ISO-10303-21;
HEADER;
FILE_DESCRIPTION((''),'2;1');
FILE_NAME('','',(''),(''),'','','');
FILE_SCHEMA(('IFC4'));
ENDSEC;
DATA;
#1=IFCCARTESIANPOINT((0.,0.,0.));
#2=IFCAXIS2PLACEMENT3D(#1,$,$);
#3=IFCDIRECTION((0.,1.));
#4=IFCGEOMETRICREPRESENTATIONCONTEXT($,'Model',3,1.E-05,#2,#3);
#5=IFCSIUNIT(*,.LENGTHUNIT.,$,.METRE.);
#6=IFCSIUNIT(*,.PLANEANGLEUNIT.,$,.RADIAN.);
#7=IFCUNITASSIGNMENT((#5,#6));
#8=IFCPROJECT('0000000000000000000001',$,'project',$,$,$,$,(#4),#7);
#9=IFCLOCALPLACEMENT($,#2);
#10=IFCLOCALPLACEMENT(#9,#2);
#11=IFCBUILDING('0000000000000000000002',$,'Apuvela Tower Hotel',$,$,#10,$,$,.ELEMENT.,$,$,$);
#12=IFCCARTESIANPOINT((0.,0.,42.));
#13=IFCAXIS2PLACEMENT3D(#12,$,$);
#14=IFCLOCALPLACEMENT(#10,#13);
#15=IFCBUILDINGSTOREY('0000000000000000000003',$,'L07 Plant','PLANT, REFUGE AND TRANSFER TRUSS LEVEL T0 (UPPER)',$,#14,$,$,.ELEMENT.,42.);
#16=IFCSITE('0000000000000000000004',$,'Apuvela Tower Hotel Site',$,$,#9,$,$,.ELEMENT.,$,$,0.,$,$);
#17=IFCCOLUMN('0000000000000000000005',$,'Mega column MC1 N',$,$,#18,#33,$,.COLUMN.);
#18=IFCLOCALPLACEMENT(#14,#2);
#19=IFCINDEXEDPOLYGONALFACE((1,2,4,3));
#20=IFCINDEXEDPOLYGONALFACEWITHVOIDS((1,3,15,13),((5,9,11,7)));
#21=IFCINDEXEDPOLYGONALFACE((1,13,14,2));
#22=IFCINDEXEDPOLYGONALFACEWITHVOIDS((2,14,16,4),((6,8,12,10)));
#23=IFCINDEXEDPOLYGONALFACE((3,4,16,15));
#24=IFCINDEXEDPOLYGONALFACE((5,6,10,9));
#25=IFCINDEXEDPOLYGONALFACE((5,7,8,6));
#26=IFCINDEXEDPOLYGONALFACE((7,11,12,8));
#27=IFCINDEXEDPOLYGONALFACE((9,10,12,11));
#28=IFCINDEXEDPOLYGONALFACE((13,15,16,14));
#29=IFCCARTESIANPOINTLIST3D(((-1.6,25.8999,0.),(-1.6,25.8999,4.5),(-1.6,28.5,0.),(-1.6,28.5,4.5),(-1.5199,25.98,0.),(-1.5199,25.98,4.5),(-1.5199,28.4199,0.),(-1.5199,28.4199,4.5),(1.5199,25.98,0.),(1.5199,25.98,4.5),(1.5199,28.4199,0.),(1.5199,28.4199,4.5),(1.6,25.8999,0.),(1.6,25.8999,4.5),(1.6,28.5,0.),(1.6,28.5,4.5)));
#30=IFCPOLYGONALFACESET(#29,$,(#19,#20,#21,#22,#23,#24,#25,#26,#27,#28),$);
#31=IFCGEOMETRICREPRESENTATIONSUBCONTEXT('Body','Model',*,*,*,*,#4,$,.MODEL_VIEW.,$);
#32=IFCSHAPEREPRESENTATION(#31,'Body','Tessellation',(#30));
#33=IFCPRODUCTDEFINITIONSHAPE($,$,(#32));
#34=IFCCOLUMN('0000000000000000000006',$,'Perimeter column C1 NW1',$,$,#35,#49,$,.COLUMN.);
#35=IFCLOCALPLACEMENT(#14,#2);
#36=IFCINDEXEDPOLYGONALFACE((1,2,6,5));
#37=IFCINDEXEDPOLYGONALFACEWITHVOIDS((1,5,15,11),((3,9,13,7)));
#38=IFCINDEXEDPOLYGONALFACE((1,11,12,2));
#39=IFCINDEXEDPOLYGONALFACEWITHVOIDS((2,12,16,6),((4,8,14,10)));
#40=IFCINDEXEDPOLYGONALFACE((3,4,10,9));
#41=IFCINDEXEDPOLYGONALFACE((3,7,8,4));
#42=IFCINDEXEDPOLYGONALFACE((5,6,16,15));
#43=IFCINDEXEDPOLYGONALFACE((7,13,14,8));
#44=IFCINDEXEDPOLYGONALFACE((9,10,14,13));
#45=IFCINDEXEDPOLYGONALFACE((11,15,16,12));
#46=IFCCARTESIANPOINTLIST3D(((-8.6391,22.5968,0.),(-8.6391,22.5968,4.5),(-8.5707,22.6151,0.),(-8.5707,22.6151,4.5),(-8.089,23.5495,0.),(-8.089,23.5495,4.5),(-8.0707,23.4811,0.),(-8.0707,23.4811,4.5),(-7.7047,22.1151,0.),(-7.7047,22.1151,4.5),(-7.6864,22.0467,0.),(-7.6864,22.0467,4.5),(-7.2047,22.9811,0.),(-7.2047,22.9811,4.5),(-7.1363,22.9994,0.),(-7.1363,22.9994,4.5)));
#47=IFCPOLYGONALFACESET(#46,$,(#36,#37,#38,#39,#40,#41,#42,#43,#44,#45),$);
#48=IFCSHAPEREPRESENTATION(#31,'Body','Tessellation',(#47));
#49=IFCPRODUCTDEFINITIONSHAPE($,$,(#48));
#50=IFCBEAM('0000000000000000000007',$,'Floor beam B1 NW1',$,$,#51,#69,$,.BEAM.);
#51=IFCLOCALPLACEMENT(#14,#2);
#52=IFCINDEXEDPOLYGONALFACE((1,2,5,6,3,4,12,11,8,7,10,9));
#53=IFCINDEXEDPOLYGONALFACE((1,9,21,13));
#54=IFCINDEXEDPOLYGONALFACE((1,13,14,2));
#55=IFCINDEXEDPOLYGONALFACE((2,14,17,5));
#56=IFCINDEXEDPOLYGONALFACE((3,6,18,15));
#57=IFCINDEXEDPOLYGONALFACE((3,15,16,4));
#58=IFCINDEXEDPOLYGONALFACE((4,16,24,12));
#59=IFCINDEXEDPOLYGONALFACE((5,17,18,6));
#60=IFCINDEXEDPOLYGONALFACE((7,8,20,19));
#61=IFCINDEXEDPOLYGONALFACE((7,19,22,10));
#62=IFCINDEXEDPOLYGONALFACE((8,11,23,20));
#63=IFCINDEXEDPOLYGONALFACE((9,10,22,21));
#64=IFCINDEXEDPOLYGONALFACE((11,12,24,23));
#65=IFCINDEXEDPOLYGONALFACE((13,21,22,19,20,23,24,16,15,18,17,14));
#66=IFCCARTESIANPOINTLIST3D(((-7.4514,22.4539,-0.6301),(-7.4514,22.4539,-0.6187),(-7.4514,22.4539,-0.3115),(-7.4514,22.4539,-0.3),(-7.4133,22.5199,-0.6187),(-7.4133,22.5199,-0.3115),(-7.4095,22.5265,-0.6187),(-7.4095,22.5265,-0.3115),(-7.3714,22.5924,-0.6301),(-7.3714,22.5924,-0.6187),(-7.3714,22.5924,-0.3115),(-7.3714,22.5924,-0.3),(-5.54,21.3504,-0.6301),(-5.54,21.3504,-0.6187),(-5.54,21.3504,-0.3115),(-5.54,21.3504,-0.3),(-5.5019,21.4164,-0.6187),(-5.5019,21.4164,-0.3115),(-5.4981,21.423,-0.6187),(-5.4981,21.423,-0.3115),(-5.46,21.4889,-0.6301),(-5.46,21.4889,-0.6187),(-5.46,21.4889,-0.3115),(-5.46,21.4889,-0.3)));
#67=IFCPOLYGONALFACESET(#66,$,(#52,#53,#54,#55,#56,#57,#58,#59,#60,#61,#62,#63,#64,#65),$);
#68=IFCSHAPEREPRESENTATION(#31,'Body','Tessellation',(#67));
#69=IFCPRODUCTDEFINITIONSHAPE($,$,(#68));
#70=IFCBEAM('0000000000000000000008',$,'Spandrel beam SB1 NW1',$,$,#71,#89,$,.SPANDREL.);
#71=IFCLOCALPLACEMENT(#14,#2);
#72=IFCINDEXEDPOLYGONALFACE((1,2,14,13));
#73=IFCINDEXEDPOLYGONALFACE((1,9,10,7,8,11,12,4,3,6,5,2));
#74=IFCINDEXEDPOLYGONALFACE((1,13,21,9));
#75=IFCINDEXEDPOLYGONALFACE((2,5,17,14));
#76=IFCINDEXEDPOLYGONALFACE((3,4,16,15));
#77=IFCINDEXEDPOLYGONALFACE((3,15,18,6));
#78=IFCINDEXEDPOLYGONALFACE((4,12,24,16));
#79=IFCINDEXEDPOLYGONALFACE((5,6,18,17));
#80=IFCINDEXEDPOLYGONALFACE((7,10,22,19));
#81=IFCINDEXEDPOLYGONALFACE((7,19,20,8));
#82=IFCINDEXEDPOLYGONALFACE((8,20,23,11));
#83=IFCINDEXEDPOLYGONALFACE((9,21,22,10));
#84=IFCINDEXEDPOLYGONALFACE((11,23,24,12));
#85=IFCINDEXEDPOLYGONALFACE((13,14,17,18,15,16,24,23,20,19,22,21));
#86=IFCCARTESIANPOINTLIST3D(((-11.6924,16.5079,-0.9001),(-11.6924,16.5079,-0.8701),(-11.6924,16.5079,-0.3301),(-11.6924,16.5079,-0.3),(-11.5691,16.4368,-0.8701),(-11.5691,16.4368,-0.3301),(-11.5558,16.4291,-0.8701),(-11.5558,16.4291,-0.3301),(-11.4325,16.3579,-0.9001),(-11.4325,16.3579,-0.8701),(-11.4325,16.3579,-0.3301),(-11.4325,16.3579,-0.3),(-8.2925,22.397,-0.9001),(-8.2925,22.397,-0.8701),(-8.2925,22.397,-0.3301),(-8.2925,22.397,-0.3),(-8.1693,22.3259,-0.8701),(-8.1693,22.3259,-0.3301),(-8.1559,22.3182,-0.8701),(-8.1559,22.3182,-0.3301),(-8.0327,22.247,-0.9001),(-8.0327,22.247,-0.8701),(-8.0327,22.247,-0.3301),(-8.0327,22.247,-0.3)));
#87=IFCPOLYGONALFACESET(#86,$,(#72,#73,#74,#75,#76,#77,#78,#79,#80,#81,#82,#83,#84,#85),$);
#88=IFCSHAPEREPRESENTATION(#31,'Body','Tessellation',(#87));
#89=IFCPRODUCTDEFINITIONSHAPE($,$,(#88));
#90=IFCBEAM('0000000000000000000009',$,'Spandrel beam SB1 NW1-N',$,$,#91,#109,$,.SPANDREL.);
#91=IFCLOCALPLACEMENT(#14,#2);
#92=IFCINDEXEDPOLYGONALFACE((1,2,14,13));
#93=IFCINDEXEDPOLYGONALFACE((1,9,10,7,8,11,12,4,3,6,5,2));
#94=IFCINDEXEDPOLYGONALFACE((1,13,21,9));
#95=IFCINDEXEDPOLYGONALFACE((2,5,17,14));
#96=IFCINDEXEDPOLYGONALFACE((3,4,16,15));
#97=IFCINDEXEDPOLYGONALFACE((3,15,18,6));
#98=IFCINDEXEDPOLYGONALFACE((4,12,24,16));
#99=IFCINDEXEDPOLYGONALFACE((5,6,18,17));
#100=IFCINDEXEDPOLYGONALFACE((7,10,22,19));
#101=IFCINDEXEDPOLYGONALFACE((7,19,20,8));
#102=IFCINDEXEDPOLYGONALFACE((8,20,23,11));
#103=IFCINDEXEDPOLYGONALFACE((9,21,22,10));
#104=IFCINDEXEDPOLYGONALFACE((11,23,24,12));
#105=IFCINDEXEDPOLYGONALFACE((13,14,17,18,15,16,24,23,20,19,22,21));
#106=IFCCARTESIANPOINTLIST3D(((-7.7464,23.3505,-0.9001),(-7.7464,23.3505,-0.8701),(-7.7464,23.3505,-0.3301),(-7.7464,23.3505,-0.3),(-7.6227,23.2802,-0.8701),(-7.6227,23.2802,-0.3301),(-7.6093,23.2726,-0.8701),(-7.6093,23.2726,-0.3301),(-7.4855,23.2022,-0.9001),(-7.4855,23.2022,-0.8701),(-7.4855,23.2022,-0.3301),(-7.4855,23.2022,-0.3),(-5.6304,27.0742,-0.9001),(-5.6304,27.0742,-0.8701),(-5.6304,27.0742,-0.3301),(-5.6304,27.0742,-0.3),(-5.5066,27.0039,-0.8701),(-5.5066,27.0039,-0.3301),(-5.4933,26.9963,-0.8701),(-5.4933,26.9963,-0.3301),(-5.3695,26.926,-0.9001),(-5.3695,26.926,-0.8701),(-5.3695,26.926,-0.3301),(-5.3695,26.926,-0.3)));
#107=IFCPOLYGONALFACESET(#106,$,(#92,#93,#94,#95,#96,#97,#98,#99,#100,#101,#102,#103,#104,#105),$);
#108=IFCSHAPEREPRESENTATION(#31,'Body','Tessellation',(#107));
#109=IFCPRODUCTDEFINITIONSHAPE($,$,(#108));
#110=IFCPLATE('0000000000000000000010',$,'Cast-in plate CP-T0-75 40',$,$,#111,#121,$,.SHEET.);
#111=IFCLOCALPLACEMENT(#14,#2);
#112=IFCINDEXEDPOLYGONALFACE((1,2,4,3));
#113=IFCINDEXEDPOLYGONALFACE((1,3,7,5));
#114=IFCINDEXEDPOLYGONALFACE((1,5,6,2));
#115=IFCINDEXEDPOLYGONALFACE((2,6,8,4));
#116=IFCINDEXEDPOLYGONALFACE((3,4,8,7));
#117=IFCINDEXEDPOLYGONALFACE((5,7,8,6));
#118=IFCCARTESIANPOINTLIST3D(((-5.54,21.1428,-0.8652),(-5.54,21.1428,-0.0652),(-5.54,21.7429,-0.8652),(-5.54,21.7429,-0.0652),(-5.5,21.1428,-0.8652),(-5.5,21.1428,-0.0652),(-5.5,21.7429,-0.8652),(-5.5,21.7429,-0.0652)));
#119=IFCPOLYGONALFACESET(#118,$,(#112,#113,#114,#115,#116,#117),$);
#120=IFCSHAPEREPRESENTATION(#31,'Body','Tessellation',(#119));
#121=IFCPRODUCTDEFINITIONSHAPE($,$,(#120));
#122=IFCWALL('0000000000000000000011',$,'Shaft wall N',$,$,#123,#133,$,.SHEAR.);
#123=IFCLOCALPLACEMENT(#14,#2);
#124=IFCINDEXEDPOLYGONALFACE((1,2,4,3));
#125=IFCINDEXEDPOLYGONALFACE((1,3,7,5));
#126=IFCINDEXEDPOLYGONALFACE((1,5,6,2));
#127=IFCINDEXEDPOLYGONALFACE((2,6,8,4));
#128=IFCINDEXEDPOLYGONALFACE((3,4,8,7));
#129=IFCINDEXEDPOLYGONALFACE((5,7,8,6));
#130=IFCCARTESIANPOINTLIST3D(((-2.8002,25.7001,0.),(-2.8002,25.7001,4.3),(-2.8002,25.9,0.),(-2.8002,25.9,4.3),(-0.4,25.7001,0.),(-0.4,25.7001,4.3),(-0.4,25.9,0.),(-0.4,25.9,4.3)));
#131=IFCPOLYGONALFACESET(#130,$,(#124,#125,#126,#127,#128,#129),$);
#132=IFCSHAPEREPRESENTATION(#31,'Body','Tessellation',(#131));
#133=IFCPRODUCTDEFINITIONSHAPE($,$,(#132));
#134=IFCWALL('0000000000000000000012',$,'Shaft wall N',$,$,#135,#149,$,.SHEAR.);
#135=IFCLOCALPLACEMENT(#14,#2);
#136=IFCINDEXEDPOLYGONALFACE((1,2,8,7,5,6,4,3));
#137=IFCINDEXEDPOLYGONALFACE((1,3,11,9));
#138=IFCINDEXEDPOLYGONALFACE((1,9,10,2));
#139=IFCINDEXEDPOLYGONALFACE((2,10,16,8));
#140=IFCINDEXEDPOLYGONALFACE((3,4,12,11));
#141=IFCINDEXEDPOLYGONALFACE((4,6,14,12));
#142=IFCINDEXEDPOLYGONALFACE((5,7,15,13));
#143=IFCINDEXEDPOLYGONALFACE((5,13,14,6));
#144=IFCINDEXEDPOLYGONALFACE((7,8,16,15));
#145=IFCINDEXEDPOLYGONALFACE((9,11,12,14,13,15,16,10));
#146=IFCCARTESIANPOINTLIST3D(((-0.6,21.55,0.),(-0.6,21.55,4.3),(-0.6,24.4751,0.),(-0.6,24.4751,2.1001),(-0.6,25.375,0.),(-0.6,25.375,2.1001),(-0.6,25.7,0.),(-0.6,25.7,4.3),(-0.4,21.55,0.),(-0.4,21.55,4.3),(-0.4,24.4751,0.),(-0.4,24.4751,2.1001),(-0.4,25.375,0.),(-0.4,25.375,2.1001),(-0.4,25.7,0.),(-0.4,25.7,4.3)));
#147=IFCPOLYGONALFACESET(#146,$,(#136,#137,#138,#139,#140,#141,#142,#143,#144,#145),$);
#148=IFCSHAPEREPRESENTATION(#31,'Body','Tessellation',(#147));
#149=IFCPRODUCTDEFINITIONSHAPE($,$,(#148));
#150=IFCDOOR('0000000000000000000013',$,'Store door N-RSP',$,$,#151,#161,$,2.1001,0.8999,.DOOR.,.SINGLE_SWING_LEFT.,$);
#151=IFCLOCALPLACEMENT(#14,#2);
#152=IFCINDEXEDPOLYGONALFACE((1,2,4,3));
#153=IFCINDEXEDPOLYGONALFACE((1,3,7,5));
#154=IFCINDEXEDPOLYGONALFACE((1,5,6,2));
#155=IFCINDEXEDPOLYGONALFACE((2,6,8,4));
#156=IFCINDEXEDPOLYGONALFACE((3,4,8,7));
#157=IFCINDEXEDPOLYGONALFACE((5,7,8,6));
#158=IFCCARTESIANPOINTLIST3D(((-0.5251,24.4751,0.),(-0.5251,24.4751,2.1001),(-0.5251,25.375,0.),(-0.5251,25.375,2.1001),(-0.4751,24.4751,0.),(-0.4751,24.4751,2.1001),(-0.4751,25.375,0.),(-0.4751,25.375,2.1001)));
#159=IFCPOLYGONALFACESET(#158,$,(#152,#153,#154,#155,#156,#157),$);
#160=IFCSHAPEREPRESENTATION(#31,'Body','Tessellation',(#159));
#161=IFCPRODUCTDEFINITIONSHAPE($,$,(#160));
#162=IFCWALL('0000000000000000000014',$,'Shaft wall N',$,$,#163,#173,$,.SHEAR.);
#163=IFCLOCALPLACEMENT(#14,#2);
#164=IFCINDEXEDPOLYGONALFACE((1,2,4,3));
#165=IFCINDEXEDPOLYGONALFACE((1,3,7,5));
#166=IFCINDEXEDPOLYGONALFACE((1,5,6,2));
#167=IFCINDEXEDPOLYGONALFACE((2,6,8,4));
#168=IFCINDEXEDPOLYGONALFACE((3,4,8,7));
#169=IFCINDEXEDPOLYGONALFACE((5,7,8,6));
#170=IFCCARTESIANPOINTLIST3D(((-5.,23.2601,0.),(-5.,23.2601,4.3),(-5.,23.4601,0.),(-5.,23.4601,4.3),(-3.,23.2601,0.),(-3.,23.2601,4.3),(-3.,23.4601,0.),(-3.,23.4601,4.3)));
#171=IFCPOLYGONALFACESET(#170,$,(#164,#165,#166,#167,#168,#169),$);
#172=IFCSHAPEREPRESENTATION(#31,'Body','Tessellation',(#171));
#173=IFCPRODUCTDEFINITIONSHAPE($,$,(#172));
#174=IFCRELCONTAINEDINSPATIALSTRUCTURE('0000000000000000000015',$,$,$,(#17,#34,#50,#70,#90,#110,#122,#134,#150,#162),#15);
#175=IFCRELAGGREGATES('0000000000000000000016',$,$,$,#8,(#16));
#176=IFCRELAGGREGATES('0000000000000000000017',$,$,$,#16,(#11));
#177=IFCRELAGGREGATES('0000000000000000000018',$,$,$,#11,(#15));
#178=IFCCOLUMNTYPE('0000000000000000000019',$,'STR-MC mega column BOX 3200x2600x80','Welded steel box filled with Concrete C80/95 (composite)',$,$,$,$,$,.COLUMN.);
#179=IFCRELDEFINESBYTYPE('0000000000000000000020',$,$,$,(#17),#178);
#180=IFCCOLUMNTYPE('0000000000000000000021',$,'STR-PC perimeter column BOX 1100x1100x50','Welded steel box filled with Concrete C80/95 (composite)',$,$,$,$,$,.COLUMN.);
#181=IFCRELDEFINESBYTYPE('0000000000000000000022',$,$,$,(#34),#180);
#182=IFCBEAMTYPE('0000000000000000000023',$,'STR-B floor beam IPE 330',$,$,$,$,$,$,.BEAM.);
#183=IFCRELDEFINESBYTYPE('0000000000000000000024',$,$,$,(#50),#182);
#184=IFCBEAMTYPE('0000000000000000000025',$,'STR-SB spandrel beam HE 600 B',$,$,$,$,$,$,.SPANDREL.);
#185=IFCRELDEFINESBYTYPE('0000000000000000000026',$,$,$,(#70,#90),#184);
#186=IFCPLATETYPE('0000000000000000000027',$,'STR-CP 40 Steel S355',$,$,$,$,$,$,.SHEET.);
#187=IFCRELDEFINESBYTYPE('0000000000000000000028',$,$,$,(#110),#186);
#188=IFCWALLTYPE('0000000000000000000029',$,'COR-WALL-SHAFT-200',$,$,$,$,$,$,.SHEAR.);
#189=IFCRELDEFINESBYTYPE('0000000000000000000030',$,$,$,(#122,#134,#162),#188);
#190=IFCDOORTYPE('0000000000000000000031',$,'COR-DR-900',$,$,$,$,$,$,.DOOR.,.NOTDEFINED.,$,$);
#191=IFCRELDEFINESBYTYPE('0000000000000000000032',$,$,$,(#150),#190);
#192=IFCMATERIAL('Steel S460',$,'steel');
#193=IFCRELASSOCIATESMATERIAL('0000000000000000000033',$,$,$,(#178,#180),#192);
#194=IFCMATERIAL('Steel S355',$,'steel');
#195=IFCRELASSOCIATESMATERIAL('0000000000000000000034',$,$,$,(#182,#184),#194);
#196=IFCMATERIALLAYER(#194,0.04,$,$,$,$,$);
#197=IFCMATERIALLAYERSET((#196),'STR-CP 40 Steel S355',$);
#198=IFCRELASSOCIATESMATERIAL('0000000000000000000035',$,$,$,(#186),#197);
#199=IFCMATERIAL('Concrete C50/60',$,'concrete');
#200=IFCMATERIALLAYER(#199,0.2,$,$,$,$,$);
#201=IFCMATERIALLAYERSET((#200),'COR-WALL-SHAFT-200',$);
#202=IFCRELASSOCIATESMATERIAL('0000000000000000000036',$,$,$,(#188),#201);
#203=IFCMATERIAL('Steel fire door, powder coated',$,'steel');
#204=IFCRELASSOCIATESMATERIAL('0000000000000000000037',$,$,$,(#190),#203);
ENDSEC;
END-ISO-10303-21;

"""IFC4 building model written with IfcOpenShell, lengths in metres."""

from ifc_helpers import new_model, si_unit, direction, frame, frame_2d, origin, origin_2d, place, context, subcontext, project, spatial, rectangle, hollow_rectangle, i_section, extrude, material, layer, layer_set, material_profile, profile_set, type_object, element, fill, save


model = new_model("IFC4")

# Units and contexts
model_context = context("Model", 3, precision=1e-05, world=origin(), true_north=direction((0.0, 1.0)))
body_context = subcontext(model_context, "Body", "Model", "MODEL_VIEW")
ifc_project = project(units=[si_unit("LENGTHUNIT", "METRE"), si_unit("PLANEANGLEUNIT", "RADIAN")], contexts=[model_context])

# Site, building, storey
site_placement = place(None, origin())
site = spatial("IfcSite", under=ifc_project, at=site_placement, Name="Apuvela Tower Hotel Site", CompositionType="ELEMENT", RefElevation=0.0)
building_placement = place(site_placement, origin())
building = spatial("IfcBuilding", under=site, at=building_placement, Name="Apuvela Tower Hotel", CompositionType="ELEMENT")
storey_placement = place(building_placement, frame((0.0, 0.0, 42.0)))
storey = spatial("IfcBuildingStorey", under=building, at=storey_placement, Name="L07 Plant", Description="PLANT, REFUGE AND TRANSFER TRUSS LEVEL T0 (UPPER)", CompositionType="ELEMENT", Elevation=42.0)

# Columns
ifc_material_1 = material(Name="Steel S460", Category="steel")
ifc_material_profile_1 = material_profile(ifc_material_1, hollow_rectangle(XDim=3.2, YDim=2.6001, WallThickness=0.0801, at=origin_2d()), Name="BOX 3200x2600x80")
ifc_material_2 = material(Name="Concrete C80/95", Category="concrete")
ifc_material_profile_2 = material_profile(ifc_material_2, rectangle(XDim=3.04, YDim=2.4399, at=origin_2d()), Name="Concrete C80/95 infill")
ifc_profile_set_1 = profile_set([ifc_material_profile_1, ifc_material_profile_2], Name="Steel S460")
column_type_1 = type_object("IfcColumnType", Name="STR-MC mega column BOX 3200x2600x80", Description="Welded steel box filled with Concrete C80/95 (composite)", PredefinedType="COLUMN", material=ifc_profile_set_1)
column_1_placement = place(storey_placement, frame((0.0, 27.2, 0.0), z_axis=(0.0, 0.0, 1.0), x_axis=(1.0, 0.0, 0.0)))
element("IfcColumn", 1, at=column_1_placement, inside=storey, type_object=column_type_1, Name="Mega column MC1 N", PredefinedType="COLUMN", context=body_context, shape_type="SweptSolid", body=[
    extrude(hollow_rectangle(XDim=3.2, YDim=2.6001, WallThickness=0.0801, at=origin_2d()), origin(), (0.0, 0.0, 1.0), 4.5),
])
ifc_material_profile_3 = material_profile(ifc_material_1, hollow_rectangle(XDim=1.1001, YDim=1.1001, WallThickness=0.05, at=origin_2d()), Name="BOX 1100x1100x50")
ifc_material_profile_4 = material_profile(ifc_material_2, rectangle(XDim=1.0, YDim=1.0, at=origin_2d()), Name="Concrete C80/95 infill")
ifc_profile_set_2 = profile_set([ifc_material_profile_3, ifc_material_profile_4], Name="Steel S460")
column_type_2 = type_object("IfcColumnType", Name="STR-PC perimeter column BOX 1100x1100x50", Description="Welded steel box filled with Concrete C80/95 (composite)", PredefinedType="COLUMN", material=ifc_profile_set_2)
column_2_placement = place(storey_placement, frame((-7.8877, 22.7981, 0.0), z_axis=(0.0, 0.0, 1.0), x_axis=(0.5, 0.866025, 0.0)))
element("IfcColumn", 2, at=column_2_placement, inside=storey, type_object=column_type_2, Name="Perimeter column C1 NW1", PredefinedType="COLUMN", context=body_context, shape_type="SweptSolid", body=[
    extrude(hollow_rectangle(XDim=1.1001, YDim=1.1001, WallThickness=0.05, at=origin_2d()), origin(), (0.0, 0.0, 1.0), 4.5),
])

# Beams
ifc_material_3 = material(Name="Steel S355", Category="steel")
ifc_material_profile_5 = material_profile(ifc_material_3, i_section(OverallWidth=0.1599, OverallDepth=0.3301, WebThickness=0.0076, FlangeThickness=0.0115, at=origin_2d()), Name="IPE 330")
ifc_profile_set_3 = profile_set([ifc_material_profile_5], Name="Steel S355")
beam_type_1 = type_object("IfcBeamType", Name="STR-B floor beam IPE 330", PredefinedType="BEAM", material=ifc_profile_set_3)
beam_1_placement = place(storey_placement, frame((-7.4114, 22.5232, -0.4651), z_axis=(0.866029, -0.499994, 0.0), x_axis=(0.499994, 0.866029, 0.0)))
element("IfcBeam", 3, at=beam_1_placement, inside=storey, type_object=beam_type_1, Name="Floor beam B1 NW1", PredefinedType="BEAM", context=body_context, shape_type="SweptSolid", body=[
    extrude(i_section(OverallWidth=0.1599, OverallDepth=0.3301, WebThickness=0.0076, FlangeThickness=0.0115, at=origin_2d()), origin(), (0.0, 0.0, 1.0), 2.207),
])
ifc_material_profile_6 = material_profile(ifc_material_3, i_section(OverallWidth=0.3, OverallDepth=0.6001, WebThickness=0.0154, FlangeThickness=0.03, at=origin_2d()), Name="HE 600 B")
ifc_profile_set_4 = profile_set([ifc_material_profile_6], Name="Steel S355")
beam_type_2 = type_object("IfcBeamType", Name="STR-SB spandrel beam HE 600 B", PredefinedType="SPANDREL", material=ifc_profile_set_4)
beam_2_placement = place(storey_placement, frame((-8.1626, 22.322, -0.6001), z_axis=(-0.499977, -0.866039, 0.0), x_axis=(0.866039, -0.499977, 0.0)))
element("IfcBeam", 4, at=beam_2_placement, inside=storey, type_object=beam_type_2, Name="Spandrel beam SB1 NW1", PredefinedType="SPANDREL", context=body_context, shape_type="SweptSolid", body=[
    extrude(i_section(OverallWidth=0.3, OverallDepth=0.6001, WebThickness=0.0154, FlangeThickness=0.03, at=origin_2d()), origin(), (0.0, 0.0, 1.0), 6.8),
])
beam_3_placement = place(storey_placement, frame((-7.616, 23.2764, -0.6001), z_axis=(0.494056, 0.86943, 0.0), x_axis=(-0.86943, 0.494056, 0.0)))
element("IfcBeam", 5, at=beam_3_placement, inside=storey, type_object=beam_type_2, Name="Spandrel beam SB1 NW1-N", PredefinedType="SPANDREL", context=body_context, shape_type="SweptSolid", body=[
    extrude(i_section(OverallWidth=0.3, OverallDepth=0.6001, WebThickness=0.0154, FlangeThickness=0.03, at=origin_2d()), origin(), (0.0, 0.0, 1.0), 4.283),
])

# Plate
ifc_layer_1 = layer(ifc_material_3, 0.04)
ifc_layer_set_1 = layer_set([ifc_layer_1], Name="STR-CP 40 Steel S355")
plate_type = type_object("IfcPlateType", Name="STR-CP 40 Steel S355", PredefinedType="SHEET", material=ifc_layer_set_1)
plate_placement = place(storey_placement, frame((-5.52, 21.4429, -0.8652), z_axis=(0.0, 0.0, 1.0), x_axis=(1.0, 0.0, 0.0)))
element("IfcPlate", 6, at=plate_placement, inside=storey, type_object=plate_type, Name="Cast-in plate CP-T0-75 40", PredefinedType="SHEET", context=body_context, shape_type="SweptSolid", body=[
    extrude(rectangle(XDim=0.04, YDim=0.6001, at=origin_2d()), origin(), (0.0, 0.0, 1.0), 0.8),
])

# Wall
ifc_material_4 = material(Name="Concrete C50/60", Category="concrete")
ifc_layer_2 = layer(ifc_material_4, 0.2)
ifc_layer_set_2 = layer_set([ifc_layer_2], Name="COR-WALL-SHAFT-200")
wall_type_1 = type_object("IfcWallType", Name="COR-WALL-SHAFT-200", PredefinedType="SHEAR", material=ifc_layer_set_2)
wall_1_placement = place(storey_placement, frame((-0.3999, 25.8, 0.0), z_axis=(0.0, 0.0, 1.0), x_axis=(-1.0, 0.0, 0.0)))
element("IfcWall", 7, at=wall_1_placement, inside=storey, type_object=wall_type_1, Name="Shaft wall N", PredefinedType="SHEAR", context=body_context, shape_type="SweptSolid", body=[
    extrude(rectangle(XDim=2.4001, YDim=0.2, at=frame_2d((1.2002, 0.0))), origin(), (0.0, 0.0, 1.0), 4.3),
])

# Wall, opening, door
wall_2_placement = place(storey_placement, frame((-0.5, 21.55, 0.0), z_axis=(0.0, 0.0, 1.0), x_axis=(0.0, 1.0, 0.0)))
wall_2 = element("IfcWall", 8, at=wall_2_placement, inside=storey, type_object=wall_type_1, Name="Shaft wall N", PredefinedType="SHEAR", context=body_context, shape_type="SweptSolid", body=[
    extrude(rectangle(XDim=4.1499, YDim=0.2, at=frame_2d((2.075, 0.0))), origin(), (0.0, 0.0, 1.0), 4.3),
])
opening_placement = place(wall_2_placement, frame((2.925, 0.0, 0.0)))
opening = element("IfcOpeningElement", 9, at=opening_placement, cuts=wall_2, PredefinedType="OPENING", context=body_context, shape_type="SweptSolid", body=[
    extrude(rectangle(XDim=0.8999, YDim=2.1001, at=frame_2d((0.45, 1.05))), frame((0.0, 0.1099, 0.0), z_axis=(0.0, -1.0, 0.0), x_axis=(1.0, 0.0, 0.0)), (0.0, 0.0, 1.0), 0.22),
])
ifc_material_5 = material(Name="Steel fire door, powder coated", Category="steel")
door_type = type_object("IfcDoorType", Name="COR-DR-900", OperationType="NOTDEFINED", PredefinedType="DOOR", material=ifc_material_5)
door_placement = place(opening_placement, frame((0.8999, 0.0, 0.0), z_axis=(0.0, 0.0, 1.0), x_axis=(-1.0, 0.0, 0.0)))
door = element("IfcDoor", 10, at=door_placement, inside=storey, type_object=door_type, Name="Store door N-RSP", OperationType="SINGLE_SWING_LEFT", OverallHeight=2.1001, OverallWidth=0.8999, PredefinedType="DOOR", context=body_context, shape_type="SweptSolid", body=[
    extrude(rectangle(XDim=0.8999, YDim=2.1001, at=frame_2d((0.45, 1.05))), frame((0.0, 0.0249, 0.0), z_axis=(0.0, -1.0, 0.0), x_axis=(1.0, 0.0, 0.0)), (0.0, 0.0, 1.0), 0.05),
])
fill(opening, door)

# Wall
wall_3_placement = place(storey_placement, frame((-3.0, 23.3601, 0.0), z_axis=(0.0, 0.0, 1.0), x_axis=(-1.0, 0.0, 0.0)))
element("IfcWall", 11, at=wall_3_placement, inside=storey, type_object=wall_type_1, Name="Shaft wall N", PredefinedType="SHEAR", context=body_context, shape_type="SweptSolid", body=[
    extrude(rectangle(XDim=2.0, YDim=0.2, at=frame_2d((1.0, 0.0))), origin(), (0.0, 0.0, 1.0), 4.3),
])

save(model, "model.ifc")
